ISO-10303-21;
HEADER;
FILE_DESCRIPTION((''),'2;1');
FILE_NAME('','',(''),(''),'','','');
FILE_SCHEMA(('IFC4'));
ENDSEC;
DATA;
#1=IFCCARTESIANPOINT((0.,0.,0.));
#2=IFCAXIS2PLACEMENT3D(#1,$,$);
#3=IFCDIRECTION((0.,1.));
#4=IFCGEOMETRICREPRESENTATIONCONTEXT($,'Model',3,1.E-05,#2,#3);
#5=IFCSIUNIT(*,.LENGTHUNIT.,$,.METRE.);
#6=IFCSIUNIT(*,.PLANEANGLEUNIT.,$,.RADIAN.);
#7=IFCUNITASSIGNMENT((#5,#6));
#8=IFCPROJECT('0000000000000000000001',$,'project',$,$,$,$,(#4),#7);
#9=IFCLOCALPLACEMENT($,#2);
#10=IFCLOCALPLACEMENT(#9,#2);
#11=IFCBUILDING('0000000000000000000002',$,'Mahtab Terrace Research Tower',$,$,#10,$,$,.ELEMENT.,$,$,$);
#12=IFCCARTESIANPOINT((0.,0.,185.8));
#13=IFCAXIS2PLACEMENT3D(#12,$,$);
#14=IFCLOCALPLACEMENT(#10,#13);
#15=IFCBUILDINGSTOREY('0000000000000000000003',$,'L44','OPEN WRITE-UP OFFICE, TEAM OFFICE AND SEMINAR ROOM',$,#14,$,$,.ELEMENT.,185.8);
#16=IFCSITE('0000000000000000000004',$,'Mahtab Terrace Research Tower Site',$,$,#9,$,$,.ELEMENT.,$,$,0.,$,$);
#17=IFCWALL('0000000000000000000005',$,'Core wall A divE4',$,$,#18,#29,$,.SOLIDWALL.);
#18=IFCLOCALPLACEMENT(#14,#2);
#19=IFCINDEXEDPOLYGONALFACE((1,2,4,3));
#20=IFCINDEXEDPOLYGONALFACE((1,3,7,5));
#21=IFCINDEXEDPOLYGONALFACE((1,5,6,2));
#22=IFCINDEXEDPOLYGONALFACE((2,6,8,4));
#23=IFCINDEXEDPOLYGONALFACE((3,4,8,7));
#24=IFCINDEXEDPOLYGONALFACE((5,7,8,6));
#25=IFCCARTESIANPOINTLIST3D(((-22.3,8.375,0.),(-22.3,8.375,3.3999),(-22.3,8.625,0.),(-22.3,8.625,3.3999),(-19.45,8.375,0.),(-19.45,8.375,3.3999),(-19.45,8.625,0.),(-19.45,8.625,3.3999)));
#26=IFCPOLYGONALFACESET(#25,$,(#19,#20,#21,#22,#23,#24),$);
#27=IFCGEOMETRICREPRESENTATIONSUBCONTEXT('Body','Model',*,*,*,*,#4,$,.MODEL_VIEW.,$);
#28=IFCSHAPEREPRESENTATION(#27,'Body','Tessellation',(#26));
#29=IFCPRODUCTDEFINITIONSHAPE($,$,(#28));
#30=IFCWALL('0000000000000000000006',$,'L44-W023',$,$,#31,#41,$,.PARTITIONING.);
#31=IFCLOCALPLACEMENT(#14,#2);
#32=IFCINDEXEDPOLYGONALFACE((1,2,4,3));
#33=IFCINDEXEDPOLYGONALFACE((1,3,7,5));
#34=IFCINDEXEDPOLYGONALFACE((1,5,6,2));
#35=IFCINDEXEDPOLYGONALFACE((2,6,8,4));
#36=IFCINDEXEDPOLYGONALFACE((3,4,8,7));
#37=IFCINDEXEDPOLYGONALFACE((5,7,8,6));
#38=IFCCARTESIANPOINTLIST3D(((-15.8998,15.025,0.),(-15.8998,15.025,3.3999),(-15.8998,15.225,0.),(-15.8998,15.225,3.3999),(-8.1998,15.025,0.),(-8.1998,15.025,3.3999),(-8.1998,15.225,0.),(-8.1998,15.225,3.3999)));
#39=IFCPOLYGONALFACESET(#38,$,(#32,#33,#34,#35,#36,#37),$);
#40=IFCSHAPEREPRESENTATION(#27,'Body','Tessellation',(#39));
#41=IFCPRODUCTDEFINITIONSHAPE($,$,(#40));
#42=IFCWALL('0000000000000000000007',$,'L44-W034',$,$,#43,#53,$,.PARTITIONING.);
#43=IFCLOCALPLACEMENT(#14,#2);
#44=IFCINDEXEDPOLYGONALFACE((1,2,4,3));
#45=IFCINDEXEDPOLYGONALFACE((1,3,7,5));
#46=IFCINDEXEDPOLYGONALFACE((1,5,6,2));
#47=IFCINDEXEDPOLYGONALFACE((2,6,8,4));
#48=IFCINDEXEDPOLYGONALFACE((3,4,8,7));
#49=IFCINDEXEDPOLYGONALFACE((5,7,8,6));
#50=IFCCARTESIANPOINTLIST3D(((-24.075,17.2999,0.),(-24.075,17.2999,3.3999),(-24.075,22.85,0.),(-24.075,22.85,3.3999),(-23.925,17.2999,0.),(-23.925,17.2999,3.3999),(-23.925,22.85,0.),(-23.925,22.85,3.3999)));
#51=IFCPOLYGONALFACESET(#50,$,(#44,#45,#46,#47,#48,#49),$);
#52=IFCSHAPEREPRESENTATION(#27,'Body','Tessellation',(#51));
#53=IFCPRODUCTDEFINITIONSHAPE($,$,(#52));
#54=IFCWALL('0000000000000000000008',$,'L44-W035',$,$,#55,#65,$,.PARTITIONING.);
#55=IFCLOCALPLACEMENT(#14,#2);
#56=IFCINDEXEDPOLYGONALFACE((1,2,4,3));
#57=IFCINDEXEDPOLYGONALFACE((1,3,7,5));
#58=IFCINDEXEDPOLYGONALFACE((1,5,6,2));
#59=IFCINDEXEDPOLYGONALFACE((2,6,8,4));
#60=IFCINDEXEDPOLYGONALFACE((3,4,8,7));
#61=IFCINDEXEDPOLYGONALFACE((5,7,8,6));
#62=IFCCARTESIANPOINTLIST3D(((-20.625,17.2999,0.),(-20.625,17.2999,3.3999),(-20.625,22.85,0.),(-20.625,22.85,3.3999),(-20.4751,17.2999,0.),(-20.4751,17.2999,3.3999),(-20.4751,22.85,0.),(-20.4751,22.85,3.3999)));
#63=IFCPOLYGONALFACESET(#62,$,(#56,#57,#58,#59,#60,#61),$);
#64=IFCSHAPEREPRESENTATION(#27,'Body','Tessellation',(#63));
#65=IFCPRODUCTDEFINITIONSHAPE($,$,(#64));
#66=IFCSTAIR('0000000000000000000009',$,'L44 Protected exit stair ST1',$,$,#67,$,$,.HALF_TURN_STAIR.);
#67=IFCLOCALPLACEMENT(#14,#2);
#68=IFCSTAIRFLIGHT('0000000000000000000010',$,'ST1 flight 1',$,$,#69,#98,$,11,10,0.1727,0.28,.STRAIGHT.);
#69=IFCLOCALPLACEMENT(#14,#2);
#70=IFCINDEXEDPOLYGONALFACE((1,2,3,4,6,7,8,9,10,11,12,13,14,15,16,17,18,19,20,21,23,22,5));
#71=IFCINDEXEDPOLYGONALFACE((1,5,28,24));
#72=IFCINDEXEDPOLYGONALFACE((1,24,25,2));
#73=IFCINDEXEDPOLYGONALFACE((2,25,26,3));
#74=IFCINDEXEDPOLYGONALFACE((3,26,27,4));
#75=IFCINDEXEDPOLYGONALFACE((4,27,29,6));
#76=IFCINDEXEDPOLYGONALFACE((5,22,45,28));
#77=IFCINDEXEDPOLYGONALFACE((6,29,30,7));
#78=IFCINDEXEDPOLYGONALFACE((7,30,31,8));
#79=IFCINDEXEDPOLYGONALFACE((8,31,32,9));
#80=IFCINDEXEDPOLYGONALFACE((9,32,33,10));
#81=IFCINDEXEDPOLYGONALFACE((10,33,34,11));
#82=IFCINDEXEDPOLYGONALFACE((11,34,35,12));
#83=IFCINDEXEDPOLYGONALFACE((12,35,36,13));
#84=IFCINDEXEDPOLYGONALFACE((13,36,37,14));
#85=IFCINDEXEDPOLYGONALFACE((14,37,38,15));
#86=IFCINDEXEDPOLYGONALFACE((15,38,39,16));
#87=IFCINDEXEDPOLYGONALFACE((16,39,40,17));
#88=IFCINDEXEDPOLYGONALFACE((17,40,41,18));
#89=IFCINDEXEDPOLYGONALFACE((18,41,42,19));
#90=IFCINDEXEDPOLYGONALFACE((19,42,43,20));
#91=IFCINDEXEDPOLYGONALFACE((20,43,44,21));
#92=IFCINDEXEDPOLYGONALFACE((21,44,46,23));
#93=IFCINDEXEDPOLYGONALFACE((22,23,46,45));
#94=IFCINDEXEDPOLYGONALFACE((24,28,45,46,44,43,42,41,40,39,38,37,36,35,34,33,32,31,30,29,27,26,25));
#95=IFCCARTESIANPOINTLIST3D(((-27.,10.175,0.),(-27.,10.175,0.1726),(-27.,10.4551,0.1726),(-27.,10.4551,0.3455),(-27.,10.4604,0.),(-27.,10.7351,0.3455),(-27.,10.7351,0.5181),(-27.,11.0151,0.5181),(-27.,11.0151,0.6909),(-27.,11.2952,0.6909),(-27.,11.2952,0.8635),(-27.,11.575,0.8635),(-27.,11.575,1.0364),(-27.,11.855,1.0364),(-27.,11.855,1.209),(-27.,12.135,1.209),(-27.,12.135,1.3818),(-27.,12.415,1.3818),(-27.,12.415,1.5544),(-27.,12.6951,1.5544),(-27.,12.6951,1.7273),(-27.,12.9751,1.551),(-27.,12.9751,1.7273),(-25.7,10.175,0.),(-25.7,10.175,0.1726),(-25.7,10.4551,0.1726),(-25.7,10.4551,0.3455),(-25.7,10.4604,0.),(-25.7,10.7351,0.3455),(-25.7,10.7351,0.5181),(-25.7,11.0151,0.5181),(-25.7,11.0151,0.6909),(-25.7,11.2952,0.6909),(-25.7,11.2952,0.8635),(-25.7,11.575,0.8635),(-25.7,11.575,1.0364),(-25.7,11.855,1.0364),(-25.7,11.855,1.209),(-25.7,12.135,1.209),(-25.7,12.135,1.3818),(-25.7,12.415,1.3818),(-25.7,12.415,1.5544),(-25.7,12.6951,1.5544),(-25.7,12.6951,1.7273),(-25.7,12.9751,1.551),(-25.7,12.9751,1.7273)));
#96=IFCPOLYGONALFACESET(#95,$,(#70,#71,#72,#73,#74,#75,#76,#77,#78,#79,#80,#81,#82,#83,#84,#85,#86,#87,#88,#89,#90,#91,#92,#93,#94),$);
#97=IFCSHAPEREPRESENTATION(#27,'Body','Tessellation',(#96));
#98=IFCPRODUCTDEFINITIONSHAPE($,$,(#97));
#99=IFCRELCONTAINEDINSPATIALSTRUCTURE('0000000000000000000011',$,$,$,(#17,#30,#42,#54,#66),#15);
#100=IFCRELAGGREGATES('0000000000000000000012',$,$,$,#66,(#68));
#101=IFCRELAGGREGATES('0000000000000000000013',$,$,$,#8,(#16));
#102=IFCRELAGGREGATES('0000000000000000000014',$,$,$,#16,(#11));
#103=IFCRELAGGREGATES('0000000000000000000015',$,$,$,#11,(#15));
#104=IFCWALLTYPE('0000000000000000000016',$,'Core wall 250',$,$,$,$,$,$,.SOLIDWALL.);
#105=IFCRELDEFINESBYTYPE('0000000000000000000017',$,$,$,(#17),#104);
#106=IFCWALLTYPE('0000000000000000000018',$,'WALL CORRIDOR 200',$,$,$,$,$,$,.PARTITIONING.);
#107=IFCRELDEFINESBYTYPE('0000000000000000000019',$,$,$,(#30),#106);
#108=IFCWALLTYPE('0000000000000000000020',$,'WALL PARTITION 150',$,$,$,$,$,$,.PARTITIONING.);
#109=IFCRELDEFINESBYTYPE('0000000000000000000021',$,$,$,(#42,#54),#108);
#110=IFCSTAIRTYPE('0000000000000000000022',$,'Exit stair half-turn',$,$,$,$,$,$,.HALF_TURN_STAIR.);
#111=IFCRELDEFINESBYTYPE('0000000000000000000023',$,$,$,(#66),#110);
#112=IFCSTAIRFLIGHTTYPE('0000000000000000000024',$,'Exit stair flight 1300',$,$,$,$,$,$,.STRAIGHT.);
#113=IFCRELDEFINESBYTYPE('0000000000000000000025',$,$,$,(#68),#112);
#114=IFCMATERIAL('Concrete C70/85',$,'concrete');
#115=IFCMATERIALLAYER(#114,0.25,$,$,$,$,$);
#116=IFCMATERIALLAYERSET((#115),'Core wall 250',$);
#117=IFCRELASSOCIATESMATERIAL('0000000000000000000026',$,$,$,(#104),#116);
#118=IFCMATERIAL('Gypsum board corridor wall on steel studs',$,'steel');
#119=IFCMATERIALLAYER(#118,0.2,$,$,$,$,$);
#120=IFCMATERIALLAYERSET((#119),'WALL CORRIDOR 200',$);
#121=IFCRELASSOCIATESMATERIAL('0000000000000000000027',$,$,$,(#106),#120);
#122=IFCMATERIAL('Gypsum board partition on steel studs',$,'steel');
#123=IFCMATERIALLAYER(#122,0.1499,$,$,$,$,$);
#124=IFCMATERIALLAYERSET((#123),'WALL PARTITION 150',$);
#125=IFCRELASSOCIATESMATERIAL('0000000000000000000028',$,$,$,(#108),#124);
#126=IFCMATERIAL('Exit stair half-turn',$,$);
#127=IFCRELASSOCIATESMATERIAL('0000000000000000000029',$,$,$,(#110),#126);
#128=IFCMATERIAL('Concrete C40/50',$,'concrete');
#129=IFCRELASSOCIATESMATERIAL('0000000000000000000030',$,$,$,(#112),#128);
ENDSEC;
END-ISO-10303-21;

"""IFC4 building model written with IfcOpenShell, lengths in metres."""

from ifc_helpers import new_model, si_unit, direction, frame, frame_2d, origin, place, context, subcontext, project, spatial, polyline, rectangle, outline, extrude, material, layer, layer_set, type_object, element, aggregate, save


model = new_model("IFC4")

# Units and contexts
model_context = context("Model", 3, precision=1e-05, world=origin(), true_north=direction((0.0, 1.0)))
body_context = subcontext(model_context, "Body", "Model", "MODEL_VIEW")
ifc_project = project(units=[si_unit("LENGTHUNIT", "METRE"), si_unit("PLANEANGLEUNIT", "RADIAN")], contexts=[model_context])

# Site, building, storey
site_placement = place(None, origin())
site = spatial("IfcSite", under=ifc_project, at=site_placement, Name="Mahtab Terrace Research Tower Site", CompositionType="ELEMENT", RefElevation=0.0)
building_placement = place(site_placement, origin())
building = spatial("IfcBuilding", under=site, at=building_placement, Name="Mahtab Terrace Research Tower", CompositionType="ELEMENT")
storey_placement = place(building_placement, frame((0.0, 0.0, 185.8)))
storey = spatial("IfcBuildingStorey", under=building, at=storey_placement, Name="L44", Description="OPEN WRITE-UP OFFICE, TEAM OFFICE AND SEMINAR ROOM", CompositionType="ELEMENT", Elevation=185.8)

# Shared definitions
ifc_material_1 = material(Name="Concrete C70/85", Category="concrete")

# Shared definitions
ifc_layer_1 = layer(ifc_material_1, 0.25)
ifc_layer_set_1 = layer_set([ifc_layer_1], Name="Core wall 250")
wall_type_1 = type_object("IfcWallType", Name="Core wall 250", PredefinedType="SOLIDWALL", material=ifc_layer_set_1)

# Walls
wall_1_placement = place(storey_placement, frame((-22.3, 8.5, 0.0), z_axis=(0.0, 0.0, 1.0), x_axis=(1.0, 0.0, 0.0)))
element("IfcWall", 1, at=wall_1_placement, inside=storey, type_object=wall_type_1, Name="Core wall A divE4", PredefinedType="SOLIDWALL", context=body_context, shape_type="SweptSolid", body=[
    extrude(rectangle(XDim=2.8501, YDim=0.25, at=frame_2d((1.425, 0.0))), origin(), (0.0, 0.0, 1.0), 3.3999),
])
ifc_material_2 = material(Name="Gypsum board corridor wall on steel studs", Category="steel")
ifc_layer_2 = layer(ifc_material_2, 0.2)
ifc_layer_set_2 = layer_set([ifc_layer_2], Name="WALL CORRIDOR 200")
wall_type_2 = type_object("IfcWallType", Name="WALL CORRIDOR 200", PredefinedType="PARTITIONING", material=ifc_layer_set_2)
wall_2_placement = place(storey_placement, frame((-15.8999, 15.125, 0.0), z_axis=(0.0, 0.0, 1.0), x_axis=(1.0, 0.0, 0.0)))
element("IfcWall", 2, at=wall_2_placement, inside=storey, type_object=wall_type_2, Name="L44-W023", PredefinedType="PARTITIONING", context=body_context, shape_type="SweptSolid", body=[
    extrude(rectangle(XDim=7.7, YDim=0.2, at=frame_2d((3.8501, 0.0))), origin(), (0.0, 0.0, 1.0), 3.3999),
])
ifc_material_3 = material(Name="Gypsum board partition on steel studs", Category="steel")
ifc_layer_3 = layer(ifc_material_3, 0.1499)
ifc_layer_set_3 = layer_set([ifc_layer_3], Name="WALL PARTITION 150")
wall_type_3 = type_object("IfcWallType", Name="WALL PARTITION 150", PredefinedType="PARTITIONING", material=ifc_layer_set_3)
for number, where, z_axis, x_axis, name in (
    (3, (-24.0, 17.3, 0.0), (0.0, 0.0, 1.0), (0.0, 1.0, 0.0), "L44-W034"),
    (4, (-20.55, 17.3, 0.0), (0.0, 0.0, 1.0), (0.0, 1.0, 0.0), "L44-W035"),
):
    element("IfcWall", number, at=place(storey_placement, frame(where, z_axis=z_axis, x_axis=x_axis)), inside=storey, type_object=wall_type_3, Name=name, PredefinedType="PARTITIONING", context=body_context, shape_type="SweptSolid", body=[
        extrude(rectangle(XDim=5.55, YDim=0.1499, at=frame_2d((2.7749, 0.0))), origin(), (0.0, 0.0, 1.0), 3.3999),
    ])

# Stair, stair flight
ifc_material_4 = material(Name="Exit stair half-turn")
stair_type = type_object("IfcStairType", Name="Exit stair half-turn", PredefinedType="HALF_TURN_STAIR", material=ifc_material_4)
stair_placement = place(storey_placement, origin())
stair = element("IfcStair", 5, at=stair_placement, inside=storey, type_object=stair_type, Name="L44 Protected exit stair ST1", PredefinedType="HALF_TURN_STAIR")
ifc_material_5 = material(Name="Concrete C40/50", Category="concrete")
stair_flight_type = type_object("IfcStairFlightType", Name="Exit stair flight 1300", PredefinedType="STRAIGHT", material=ifc_material_5)
stair_flight_placement = place(storey_placement, frame((-26.3501, 10.175, 0.0), z_axis=(0.0, 0.0, 1.0), x_axis=(0.0, 1.0, 0.0)))
stair_flight = element("IfcStairFlight", 6, at=stair_flight_placement, type_object=stair_flight_type, Name="ST1 flight 1", NumberOfRisers=11, NumberOfTreads=10, PredefinedType="STRAIGHT", RiserHeight=0.1727, TreadLength=0.28, context=body_context, shape_type="SweptSolid", body=[
    extrude(outline(polyline([(0.0, 0.0), (0.0, 0.1726), (0.28, 0.1726), (0.28, 0.3455), (0.5601, 0.3455), (0.5601, 0.5181), (0.8401, 0.5181), (0.8401, 0.6909), (1.1201, 0.6909), (1.1201, 0.8635), (1.3999, 0.8635), (1.3999, 1.0364), (1.6799, 1.0364), (1.6799, 1.209), (1.96, 1.209), (1.96, 1.3818), (2.24, 1.3818), (2.24, 1.5544), (2.52, 1.5544), (2.52, 1.7273), (2.8, 1.7273), (2.8, 1.8999), (2.8, 1.551), (0.2854, 0.0), (0.0, 0.0)])), frame((0.0, 0.6499, 0.0), z_axis=(0.0, -1.0, 0.0), x_axis=(1.0, 0.0, 0.0)), (0.0, 0.0, 1.0), 1.3),
])
aggregate(stair, [stair_flight])

save(model, "model.ifc")
